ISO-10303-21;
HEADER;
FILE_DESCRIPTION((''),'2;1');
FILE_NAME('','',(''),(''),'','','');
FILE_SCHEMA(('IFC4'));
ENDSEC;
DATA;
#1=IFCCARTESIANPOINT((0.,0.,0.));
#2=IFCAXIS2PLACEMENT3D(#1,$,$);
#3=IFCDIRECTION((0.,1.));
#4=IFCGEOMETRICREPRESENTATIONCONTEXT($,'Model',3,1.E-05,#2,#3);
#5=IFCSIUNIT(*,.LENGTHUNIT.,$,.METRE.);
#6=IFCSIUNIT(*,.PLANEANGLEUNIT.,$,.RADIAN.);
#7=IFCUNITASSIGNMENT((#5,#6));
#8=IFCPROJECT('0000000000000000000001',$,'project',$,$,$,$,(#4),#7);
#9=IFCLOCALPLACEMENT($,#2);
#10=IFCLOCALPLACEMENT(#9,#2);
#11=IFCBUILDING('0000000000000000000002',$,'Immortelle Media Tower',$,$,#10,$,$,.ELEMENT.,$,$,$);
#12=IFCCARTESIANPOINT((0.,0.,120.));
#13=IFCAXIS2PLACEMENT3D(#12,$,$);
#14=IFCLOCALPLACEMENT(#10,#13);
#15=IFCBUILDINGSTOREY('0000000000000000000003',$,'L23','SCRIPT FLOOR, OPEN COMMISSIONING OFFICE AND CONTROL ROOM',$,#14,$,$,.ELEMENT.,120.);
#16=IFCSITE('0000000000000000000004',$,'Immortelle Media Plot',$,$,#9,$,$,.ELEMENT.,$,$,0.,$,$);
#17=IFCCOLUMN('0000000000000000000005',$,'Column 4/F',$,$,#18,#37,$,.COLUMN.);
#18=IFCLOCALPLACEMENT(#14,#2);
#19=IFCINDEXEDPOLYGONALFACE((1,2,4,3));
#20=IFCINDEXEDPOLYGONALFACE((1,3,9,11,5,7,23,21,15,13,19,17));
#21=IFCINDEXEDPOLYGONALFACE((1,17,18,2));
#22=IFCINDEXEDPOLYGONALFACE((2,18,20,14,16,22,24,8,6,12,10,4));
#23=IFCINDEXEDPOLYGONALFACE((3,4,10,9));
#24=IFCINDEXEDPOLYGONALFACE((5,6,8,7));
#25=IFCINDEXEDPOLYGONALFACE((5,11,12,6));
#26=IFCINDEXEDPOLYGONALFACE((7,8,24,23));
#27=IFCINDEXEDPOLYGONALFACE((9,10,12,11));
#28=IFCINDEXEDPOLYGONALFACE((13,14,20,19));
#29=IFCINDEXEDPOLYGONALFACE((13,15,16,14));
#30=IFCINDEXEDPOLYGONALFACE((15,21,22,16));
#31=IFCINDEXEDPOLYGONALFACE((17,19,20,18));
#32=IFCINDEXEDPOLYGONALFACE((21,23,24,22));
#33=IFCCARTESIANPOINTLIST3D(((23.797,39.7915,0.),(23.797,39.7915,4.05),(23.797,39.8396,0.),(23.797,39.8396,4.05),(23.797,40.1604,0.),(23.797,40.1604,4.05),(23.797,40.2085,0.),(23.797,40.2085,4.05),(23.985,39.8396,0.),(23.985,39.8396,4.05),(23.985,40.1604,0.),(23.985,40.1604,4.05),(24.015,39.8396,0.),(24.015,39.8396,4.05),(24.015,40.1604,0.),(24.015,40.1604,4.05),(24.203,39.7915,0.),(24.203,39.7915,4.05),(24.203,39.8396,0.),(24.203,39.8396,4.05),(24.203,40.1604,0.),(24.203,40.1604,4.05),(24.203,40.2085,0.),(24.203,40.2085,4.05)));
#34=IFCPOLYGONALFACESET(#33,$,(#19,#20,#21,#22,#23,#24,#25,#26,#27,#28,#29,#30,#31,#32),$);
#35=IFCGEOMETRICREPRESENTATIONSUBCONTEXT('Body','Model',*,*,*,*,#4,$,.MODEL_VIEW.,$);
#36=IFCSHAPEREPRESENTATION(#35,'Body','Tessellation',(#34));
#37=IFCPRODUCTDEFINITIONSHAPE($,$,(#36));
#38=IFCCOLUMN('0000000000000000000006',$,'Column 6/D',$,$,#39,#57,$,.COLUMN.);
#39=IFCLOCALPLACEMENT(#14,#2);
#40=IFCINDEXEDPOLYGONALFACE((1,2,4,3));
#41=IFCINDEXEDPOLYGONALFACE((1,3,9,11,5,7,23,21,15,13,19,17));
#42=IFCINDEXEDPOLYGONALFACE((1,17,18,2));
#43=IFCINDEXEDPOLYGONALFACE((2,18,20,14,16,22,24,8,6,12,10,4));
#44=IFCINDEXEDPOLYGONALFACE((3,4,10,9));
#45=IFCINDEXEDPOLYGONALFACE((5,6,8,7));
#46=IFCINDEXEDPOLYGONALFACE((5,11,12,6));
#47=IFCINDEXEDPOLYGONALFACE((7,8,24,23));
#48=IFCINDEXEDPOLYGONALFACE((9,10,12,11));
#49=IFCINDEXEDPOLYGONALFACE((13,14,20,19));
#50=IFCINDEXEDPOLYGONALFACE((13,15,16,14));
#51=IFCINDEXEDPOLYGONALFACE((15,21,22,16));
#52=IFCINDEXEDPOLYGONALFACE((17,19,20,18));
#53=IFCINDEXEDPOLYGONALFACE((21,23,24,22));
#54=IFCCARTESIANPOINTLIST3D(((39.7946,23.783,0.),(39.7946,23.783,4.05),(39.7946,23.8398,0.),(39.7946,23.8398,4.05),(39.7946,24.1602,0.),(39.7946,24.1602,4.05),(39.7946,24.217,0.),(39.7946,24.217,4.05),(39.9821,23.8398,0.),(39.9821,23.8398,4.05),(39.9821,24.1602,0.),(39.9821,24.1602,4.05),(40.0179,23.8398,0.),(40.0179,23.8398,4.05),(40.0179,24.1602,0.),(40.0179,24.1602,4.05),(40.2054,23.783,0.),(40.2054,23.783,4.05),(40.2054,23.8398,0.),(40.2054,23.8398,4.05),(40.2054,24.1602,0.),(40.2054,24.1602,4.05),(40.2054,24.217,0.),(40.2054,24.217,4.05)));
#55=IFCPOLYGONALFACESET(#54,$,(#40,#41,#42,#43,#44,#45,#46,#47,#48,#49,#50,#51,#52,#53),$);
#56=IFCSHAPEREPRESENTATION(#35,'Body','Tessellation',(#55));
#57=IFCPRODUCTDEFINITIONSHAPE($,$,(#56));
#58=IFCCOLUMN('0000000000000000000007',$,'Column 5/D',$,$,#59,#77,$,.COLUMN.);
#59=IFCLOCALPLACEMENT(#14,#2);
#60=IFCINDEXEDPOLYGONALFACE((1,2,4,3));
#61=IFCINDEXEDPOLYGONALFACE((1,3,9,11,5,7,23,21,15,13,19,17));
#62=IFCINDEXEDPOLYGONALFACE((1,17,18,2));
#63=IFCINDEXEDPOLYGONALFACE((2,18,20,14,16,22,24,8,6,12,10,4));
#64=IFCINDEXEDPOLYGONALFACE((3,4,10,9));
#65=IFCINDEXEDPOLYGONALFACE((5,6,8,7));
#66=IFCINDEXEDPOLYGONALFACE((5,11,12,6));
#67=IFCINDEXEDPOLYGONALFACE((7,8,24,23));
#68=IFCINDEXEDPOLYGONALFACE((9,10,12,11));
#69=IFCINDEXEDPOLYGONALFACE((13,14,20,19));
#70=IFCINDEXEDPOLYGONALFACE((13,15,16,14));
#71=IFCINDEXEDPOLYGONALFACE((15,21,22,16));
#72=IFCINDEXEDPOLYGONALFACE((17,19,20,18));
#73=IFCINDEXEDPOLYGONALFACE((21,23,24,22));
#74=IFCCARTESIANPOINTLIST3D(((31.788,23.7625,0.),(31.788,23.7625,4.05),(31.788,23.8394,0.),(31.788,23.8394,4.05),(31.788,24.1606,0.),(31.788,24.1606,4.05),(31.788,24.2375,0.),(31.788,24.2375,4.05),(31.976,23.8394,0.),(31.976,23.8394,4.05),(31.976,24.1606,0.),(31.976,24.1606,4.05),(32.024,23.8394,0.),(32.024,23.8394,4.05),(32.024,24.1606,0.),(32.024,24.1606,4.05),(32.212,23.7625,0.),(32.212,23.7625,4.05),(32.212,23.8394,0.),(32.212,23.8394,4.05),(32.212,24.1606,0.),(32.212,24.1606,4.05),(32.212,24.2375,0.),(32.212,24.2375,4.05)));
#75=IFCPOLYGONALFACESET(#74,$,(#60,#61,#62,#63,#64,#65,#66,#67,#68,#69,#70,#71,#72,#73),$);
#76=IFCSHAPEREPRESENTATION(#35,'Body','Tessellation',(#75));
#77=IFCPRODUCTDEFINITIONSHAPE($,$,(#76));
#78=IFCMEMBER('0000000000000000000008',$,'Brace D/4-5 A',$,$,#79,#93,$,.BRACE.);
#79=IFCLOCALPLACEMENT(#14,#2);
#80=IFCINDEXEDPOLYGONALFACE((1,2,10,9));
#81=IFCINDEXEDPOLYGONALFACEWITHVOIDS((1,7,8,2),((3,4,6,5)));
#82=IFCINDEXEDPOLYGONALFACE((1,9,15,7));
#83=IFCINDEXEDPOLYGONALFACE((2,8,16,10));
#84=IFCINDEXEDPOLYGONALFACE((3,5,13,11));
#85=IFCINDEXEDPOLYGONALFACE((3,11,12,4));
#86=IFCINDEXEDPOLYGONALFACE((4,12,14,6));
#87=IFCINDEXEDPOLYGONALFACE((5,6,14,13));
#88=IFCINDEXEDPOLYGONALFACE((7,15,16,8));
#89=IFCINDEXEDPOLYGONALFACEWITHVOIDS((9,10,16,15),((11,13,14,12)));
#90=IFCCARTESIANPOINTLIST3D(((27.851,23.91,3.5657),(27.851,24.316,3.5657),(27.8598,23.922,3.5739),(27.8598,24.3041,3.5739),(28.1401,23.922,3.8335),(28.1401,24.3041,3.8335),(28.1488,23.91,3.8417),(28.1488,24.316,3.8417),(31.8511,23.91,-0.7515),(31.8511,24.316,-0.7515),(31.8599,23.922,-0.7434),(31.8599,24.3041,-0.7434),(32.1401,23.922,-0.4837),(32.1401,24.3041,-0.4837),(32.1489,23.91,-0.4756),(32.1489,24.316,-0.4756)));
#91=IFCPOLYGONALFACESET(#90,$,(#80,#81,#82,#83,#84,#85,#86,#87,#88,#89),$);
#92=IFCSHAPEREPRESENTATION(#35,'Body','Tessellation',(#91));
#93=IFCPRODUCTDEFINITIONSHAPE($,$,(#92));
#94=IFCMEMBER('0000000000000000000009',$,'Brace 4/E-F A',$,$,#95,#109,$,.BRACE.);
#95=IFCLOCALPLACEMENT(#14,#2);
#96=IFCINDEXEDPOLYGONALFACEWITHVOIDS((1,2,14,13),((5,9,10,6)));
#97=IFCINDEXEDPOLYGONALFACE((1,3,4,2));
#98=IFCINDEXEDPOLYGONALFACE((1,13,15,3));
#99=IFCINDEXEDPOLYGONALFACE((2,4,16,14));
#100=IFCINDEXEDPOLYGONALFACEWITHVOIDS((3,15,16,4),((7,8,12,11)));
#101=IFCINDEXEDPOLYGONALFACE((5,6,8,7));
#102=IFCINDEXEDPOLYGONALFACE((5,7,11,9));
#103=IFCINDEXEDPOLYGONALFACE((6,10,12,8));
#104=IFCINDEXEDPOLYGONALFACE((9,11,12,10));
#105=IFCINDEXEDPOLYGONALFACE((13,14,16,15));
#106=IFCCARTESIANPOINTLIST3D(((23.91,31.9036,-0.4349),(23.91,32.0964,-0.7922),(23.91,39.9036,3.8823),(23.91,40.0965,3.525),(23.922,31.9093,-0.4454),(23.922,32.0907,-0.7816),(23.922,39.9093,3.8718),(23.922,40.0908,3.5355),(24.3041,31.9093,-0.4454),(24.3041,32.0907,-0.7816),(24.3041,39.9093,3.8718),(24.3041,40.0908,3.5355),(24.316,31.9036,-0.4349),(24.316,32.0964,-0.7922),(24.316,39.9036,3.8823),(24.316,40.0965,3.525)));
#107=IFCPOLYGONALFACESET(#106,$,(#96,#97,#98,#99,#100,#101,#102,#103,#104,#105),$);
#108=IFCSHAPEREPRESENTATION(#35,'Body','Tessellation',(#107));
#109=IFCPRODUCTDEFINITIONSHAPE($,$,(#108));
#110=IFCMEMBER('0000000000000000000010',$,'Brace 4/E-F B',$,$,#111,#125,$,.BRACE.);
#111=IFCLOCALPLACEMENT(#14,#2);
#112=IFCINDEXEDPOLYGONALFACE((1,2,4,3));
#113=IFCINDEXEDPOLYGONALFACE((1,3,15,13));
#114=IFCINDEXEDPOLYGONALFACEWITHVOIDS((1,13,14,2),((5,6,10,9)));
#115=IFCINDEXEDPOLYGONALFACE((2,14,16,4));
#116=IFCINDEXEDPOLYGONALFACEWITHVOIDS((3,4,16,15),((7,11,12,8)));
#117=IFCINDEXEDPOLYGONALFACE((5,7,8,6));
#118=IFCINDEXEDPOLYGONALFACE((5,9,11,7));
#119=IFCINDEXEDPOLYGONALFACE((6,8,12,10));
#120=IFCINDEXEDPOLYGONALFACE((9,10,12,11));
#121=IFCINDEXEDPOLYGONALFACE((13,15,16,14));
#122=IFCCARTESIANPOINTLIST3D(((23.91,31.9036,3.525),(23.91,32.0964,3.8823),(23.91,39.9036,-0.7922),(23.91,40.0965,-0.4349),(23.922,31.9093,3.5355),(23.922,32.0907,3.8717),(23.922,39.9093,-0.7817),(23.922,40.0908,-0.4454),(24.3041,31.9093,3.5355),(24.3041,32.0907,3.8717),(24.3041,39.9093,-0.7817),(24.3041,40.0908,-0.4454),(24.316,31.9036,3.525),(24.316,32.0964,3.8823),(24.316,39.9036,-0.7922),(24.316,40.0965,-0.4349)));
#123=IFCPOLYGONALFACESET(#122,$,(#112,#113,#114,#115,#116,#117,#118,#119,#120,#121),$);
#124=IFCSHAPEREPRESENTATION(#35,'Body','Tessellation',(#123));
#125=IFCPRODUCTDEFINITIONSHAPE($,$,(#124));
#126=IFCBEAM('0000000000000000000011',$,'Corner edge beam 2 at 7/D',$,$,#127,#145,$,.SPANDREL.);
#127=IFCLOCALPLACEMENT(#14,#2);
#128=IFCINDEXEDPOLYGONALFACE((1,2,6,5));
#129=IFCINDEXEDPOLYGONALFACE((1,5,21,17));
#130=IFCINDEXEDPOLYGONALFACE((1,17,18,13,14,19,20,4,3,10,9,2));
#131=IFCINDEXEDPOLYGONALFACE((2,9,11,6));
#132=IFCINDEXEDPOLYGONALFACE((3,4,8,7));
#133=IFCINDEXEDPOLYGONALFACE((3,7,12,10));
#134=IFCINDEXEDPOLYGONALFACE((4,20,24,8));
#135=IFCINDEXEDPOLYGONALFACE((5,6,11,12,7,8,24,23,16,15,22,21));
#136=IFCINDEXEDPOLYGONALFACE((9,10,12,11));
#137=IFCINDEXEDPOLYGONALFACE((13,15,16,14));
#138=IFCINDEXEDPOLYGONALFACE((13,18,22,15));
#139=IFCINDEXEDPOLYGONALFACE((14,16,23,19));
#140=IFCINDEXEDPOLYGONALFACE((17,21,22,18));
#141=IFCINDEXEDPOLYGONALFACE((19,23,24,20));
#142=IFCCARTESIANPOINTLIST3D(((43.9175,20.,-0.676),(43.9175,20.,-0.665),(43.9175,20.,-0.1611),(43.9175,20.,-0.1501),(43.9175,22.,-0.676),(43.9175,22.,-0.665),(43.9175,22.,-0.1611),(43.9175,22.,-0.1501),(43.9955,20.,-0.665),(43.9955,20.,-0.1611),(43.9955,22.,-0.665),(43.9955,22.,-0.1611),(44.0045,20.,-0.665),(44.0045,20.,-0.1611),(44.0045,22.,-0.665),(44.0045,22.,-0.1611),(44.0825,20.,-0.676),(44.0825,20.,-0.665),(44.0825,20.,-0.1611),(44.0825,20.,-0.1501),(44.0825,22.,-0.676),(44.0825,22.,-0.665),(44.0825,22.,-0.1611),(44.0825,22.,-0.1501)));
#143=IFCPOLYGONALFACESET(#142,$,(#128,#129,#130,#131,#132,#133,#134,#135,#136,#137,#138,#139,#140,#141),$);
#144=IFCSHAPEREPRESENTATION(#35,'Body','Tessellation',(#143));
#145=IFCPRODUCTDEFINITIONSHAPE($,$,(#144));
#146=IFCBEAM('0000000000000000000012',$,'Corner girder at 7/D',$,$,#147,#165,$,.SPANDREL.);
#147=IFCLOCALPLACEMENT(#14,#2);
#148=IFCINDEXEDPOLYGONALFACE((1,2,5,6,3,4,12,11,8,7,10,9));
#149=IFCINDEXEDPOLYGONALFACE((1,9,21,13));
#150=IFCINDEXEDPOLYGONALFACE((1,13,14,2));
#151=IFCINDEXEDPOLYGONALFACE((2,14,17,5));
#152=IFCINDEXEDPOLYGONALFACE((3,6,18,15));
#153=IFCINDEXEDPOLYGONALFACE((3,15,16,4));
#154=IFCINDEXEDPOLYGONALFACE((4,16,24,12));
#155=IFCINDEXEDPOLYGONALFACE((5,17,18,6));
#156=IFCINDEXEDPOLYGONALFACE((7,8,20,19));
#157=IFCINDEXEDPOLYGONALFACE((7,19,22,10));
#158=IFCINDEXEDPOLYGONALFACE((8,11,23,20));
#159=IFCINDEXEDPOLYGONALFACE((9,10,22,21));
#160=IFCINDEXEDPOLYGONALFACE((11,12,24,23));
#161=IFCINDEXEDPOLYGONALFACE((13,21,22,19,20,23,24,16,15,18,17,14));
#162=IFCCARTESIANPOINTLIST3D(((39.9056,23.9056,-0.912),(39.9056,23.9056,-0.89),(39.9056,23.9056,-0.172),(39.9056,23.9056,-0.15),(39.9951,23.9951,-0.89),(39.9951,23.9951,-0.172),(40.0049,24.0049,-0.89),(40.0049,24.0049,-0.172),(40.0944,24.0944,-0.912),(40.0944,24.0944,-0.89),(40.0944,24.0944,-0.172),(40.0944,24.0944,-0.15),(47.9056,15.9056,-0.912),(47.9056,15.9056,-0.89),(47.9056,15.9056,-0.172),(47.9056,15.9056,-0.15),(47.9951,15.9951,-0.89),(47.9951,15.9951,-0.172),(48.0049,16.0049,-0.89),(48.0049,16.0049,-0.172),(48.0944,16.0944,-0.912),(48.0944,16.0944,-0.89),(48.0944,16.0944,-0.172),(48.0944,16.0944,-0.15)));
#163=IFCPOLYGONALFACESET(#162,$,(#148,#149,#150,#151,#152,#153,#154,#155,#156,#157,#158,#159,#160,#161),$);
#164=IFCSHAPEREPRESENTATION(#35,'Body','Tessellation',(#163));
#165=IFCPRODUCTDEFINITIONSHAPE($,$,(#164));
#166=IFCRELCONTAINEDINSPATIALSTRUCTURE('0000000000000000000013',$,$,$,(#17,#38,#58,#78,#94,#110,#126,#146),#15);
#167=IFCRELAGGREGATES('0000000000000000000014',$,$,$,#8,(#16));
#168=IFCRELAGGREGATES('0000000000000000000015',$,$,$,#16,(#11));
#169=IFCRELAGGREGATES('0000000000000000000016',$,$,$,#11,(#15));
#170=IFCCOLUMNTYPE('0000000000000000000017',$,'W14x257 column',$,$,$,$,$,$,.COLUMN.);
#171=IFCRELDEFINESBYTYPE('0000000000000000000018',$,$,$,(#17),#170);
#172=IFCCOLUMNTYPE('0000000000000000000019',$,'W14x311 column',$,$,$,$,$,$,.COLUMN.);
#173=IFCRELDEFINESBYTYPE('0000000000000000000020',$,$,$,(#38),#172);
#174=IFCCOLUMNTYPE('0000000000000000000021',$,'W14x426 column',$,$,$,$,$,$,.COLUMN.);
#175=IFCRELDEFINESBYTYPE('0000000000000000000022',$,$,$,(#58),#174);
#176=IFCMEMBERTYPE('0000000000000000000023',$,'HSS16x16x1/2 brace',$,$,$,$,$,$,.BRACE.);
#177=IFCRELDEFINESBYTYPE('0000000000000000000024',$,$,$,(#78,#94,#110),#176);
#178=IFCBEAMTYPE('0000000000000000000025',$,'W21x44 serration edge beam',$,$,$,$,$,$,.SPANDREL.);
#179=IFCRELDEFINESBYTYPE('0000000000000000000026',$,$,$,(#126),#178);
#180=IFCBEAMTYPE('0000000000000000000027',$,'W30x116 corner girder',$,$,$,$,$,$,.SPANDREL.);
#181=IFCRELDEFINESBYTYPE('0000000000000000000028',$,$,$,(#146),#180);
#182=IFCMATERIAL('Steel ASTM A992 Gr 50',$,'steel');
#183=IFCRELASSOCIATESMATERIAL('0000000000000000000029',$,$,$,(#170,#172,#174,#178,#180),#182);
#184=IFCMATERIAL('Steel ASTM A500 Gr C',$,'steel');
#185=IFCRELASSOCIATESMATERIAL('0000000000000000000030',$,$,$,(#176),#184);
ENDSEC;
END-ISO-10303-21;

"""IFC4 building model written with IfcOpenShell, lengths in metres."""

from ifc_helpers import new_model, si_unit, direction, frame, origin, origin_2d, place, context, subcontext, project, spatial, hollow_rectangle, i_section, extrude, material, material_profile, profile_set, type_object, element, save


model = new_model("IFC4")

# Units and contexts
model_context = context("Model", 3, precision=1e-05, world=origin(), true_north=direction((0.0, 1.0)))
body_context = subcontext(model_context, "Body", "Model", "MODEL_VIEW")
ifc_project = project(units=[si_unit("LENGTHUNIT", "METRE"), si_unit("PLANEANGLEUNIT", "RADIAN")], contexts=[model_context])

# Site, building, storey
site_placement = place(None, origin())
site = spatial("IfcSite", under=ifc_project, at=site_placement, Name="Immortelle Media Plot", CompositionType="ELEMENT", RefElevation=0.0)
building_placement = place(site_placement, origin())
building = spatial("IfcBuilding", under=site, at=building_placement, Name="Immortelle Media Tower", CompositionType="ELEMENT")
storey_placement = place(building_placement, frame((0.0, 0.0, 120.0)))
storey = spatial("IfcBuildingStorey", under=building, at=storey_placement, Name="L23", Description="SCRIPT FLOOR, OPEN COMMISSIONING OFFICE AND CONTROL ROOM", CompositionType="ELEMENT", Elevation=120.0)

# Columns
ifc_material_1 = material(Name="Steel ASTM A992 Gr 50", Category="steel")
ifc_material_profile_1 = material_profile(ifc_material_1, i_section(OverallWidth=0.406, OverallDepth=0.417, WebThickness=0.03, FlangeThickness=0.0481, at=origin_2d()), Name="W14x257")
ifc_profile_set_1 = profile_set([ifc_material_profile_1], Name="Steel ASTM A992 Gr 50")
column_type_1 = type_object("IfcColumnType", Name="W14x257 column", PredefinedType="COLUMN", material=ifc_profile_set_1)
column_1_placement = place(storey_placement, frame((24.0, 40.0, 0.0), z_axis=(0.0, 0.0, 1.0), x_axis=(1.0, 0.0, 0.0)))
element("IfcColumn", 1, at=column_1_placement, inside=storey, type_object=column_type_1, Name="Column 4/F", PredefinedType="COLUMN", context=body_context, shape_type="SweptSolid", body=[
    extrude(i_section(OverallWidth=0.406, OverallDepth=0.417, WebThickness=0.03, FlangeThickness=0.0481, at=origin_2d()), origin(), (0.0, 0.0, 1.0), 4.05),
])
ifc_material_profile_2 = material_profile(ifc_material_1, i_section(OverallWidth=0.4109, OverallDepth=0.4341, WebThickness=0.0359, FlangeThickness=0.0569, at=origin_2d()), Name="W14x311")
ifc_profile_set_2 = profile_set([ifc_material_profile_2], Name="Steel ASTM A992 Gr 50")
column_type_2 = type_object("IfcColumnType", Name="W14x311 column", PredefinedType="COLUMN", material=ifc_profile_set_2)
column_2_placement = place(storey_placement, frame((40.0, 24.0, 0.0), z_axis=(0.0, 0.0, 1.0), x_axis=(1.0, 0.0, 0.0)))
element("IfcColumn", 2, at=column_2_placement, inside=storey, type_object=column_type_2, Name="Column 6/D", PredefinedType="COLUMN", context=body_context, shape_type="SweptSolid", body=[
    extrude(i_section(OverallWidth=0.4109, OverallDepth=0.4341, WebThickness=0.0359, FlangeThickness=0.0569, at=origin_2d()), origin(), (0.0, 0.0, 1.0), 4.05),
])
ifc_material_profile_3 = material_profile(ifc_material_1, i_section(OverallWidth=0.4241, OverallDepth=0.4751, WebThickness=0.0481, FlangeThickness=0.0769, at=origin_2d()), Name="W14x426")
ifc_profile_set_3 = profile_set([ifc_material_profile_3], Name="Steel ASTM A992 Gr 50")
column_type_3 = type_object("IfcColumnType", Name="W14x426 column", PredefinedType="COLUMN", material=ifc_profile_set_3)
column_3_placement = place(storey_placement, frame((32.0, 24.0, 0.0), z_axis=(0.0, 0.0, 1.0), x_axis=(1.0, 0.0, 0.0)))
element("IfcColumn", 3, at=column_3_placement, inside=storey, type_object=column_type_3, Name="Column 5/D", PredefinedType="COLUMN", context=body_context, shape_type="SweptSolid", body=[
    extrude(i_section(OverallWidth=0.4241, OverallDepth=0.4751, WebThickness=0.0481, FlangeThickness=0.0769, at=origin_2d()), origin(), (0.0, 0.0, 1.0), 4.05),
])

# Members
ifc_material_2 = material(Name="Steel ASTM A500 Gr C", Category="steel")
ifc_material_profile_4 = material_profile(ifc_material_2, hollow_rectangle(XDim=0.406, YDim=0.406, WallThickness=0.012, at=origin_2d()), Name="HSS16x16x1/2 brace")
ifc_profile_set_4 = profile_set([ifc_material_profile_4], Name="Steel ASTM A500 Gr C")
member_type = type_object("IfcMemberType", Name="HSS16x16x1/2 brace", PredefinedType="BRACE", material=ifc_profile_set_4)
member_placement = place(storey_placement, frame((32.0, 24.113, -0.6135), z_axis=(-0.67965, 0.0, 0.733536), x_axis=(0.0, -1.0, 0.0)))
element("IfcMember", 4, at=member_placement, inside=storey, type_object=member_type, Name="Brace D/4-5 A", PredefinedType="BRACE", context=body_context, shape_type="SweptSolid", body=[
    extrude(hollow_rectangle(XDim=0.406, YDim=0.406, WallThickness=0.012, at=origin_2d()), origin(), (0.0, 0.0, 1.0), 5.8855),
])
for number, where, z_axis, x_axis, name in (
    (5, (24.113, 32.0, -0.6135), (0.0, 0.880037, 0.474905), (-1.0, 0.0, 0.0), "Brace 4/E-F A"),
    (6, (24.113, 32.0, 3.7036), (0.0, 0.880037, -0.474905), (-1.0, 0.0, 0.0), "Brace 4/E-F B"),
):
    element("IfcMember", number, at=place(storey_placement, frame(where, z_axis=z_axis, x_axis=x_axis)), inside=storey, type_object=member_type, Name=name, PredefinedType="BRACE", context=body_context, shape_type="SweptSolid", body=[
        extrude(hollow_rectangle(XDim=0.406, YDim=0.406, WallThickness=0.012, at=origin_2d()), origin(), (0.0, 0.0, 1.0), 9.0906),
    ])

# Beams
ifc_material_profile_5 = material_profile(ifc_material_1, i_section(OverallWidth=0.165, OverallDepth=0.5259, WebThickness=0.009, FlangeThickness=0.011, at=origin_2d()), Name="W21x44")
ifc_profile_set_5 = profile_set([ifc_material_profile_5], Name="Steel ASTM A992 Gr 50")
beam_type_1 = type_object("IfcBeamType", Name="W21x44 serration edge beam", PredefinedType="SPANDREL", material=ifc_profile_set_5)
beam_1_placement = place(storey_placement, frame((44.0, 22.0, -0.4131), z_axis=(0.0, -1.0, 0.0), x_axis=(1.0, 0.0, 0.0)))
element("IfcBeam", 7, at=beam_1_placement, inside=storey, type_object=beam_type_1, Name="Corner edge beam 2 at 7/D", PredefinedType="SPANDREL", context=body_context, shape_type="SweptSolid", body=[
    extrude(i_section(OverallWidth=0.165, OverallDepth=0.5259, WebThickness=0.009, FlangeThickness=0.011, at=origin_2d()), origin(), (0.0, 0.0, 1.0), 2.0),
])
ifc_material_profile_6 = material_profile(ifc_material_1, i_section(OverallWidth=0.2671, OverallDepth=0.762, WebThickness=0.0139, FlangeThickness=0.022, at=origin_2d()), Name="W30x116")
ifc_profile_set_6 = profile_set([ifc_material_profile_6], Name="Steel ASTM A992 Gr 50")
beam_type_2 = type_object("IfcBeamType", Name="W30x116 corner girder", PredefinedType="SPANDREL", material=ifc_profile_set_6)
beam_2_placement = place(storey_placement, frame((40.0, 24.0, -0.531), z_axis=(0.707107, -0.707107, 0.0), x_axis=(0.707107, 0.707107, 0.0)))
element("IfcBeam", 8, at=beam_2_placement, inside=storey, type_object=beam_type_2, Name="Corner girder at 7/D", PredefinedType="SPANDREL", context=body_context, shape_type="SweptSolid", body=[
    extrude(i_section(OverallWidth=0.2671, OverallDepth=0.762, WebThickness=0.0139, FlangeThickness=0.022, at=origin_2d()), origin(), (0.0, 0.0, 1.0), 11.3137),
])

save(model, "model.ifc")
